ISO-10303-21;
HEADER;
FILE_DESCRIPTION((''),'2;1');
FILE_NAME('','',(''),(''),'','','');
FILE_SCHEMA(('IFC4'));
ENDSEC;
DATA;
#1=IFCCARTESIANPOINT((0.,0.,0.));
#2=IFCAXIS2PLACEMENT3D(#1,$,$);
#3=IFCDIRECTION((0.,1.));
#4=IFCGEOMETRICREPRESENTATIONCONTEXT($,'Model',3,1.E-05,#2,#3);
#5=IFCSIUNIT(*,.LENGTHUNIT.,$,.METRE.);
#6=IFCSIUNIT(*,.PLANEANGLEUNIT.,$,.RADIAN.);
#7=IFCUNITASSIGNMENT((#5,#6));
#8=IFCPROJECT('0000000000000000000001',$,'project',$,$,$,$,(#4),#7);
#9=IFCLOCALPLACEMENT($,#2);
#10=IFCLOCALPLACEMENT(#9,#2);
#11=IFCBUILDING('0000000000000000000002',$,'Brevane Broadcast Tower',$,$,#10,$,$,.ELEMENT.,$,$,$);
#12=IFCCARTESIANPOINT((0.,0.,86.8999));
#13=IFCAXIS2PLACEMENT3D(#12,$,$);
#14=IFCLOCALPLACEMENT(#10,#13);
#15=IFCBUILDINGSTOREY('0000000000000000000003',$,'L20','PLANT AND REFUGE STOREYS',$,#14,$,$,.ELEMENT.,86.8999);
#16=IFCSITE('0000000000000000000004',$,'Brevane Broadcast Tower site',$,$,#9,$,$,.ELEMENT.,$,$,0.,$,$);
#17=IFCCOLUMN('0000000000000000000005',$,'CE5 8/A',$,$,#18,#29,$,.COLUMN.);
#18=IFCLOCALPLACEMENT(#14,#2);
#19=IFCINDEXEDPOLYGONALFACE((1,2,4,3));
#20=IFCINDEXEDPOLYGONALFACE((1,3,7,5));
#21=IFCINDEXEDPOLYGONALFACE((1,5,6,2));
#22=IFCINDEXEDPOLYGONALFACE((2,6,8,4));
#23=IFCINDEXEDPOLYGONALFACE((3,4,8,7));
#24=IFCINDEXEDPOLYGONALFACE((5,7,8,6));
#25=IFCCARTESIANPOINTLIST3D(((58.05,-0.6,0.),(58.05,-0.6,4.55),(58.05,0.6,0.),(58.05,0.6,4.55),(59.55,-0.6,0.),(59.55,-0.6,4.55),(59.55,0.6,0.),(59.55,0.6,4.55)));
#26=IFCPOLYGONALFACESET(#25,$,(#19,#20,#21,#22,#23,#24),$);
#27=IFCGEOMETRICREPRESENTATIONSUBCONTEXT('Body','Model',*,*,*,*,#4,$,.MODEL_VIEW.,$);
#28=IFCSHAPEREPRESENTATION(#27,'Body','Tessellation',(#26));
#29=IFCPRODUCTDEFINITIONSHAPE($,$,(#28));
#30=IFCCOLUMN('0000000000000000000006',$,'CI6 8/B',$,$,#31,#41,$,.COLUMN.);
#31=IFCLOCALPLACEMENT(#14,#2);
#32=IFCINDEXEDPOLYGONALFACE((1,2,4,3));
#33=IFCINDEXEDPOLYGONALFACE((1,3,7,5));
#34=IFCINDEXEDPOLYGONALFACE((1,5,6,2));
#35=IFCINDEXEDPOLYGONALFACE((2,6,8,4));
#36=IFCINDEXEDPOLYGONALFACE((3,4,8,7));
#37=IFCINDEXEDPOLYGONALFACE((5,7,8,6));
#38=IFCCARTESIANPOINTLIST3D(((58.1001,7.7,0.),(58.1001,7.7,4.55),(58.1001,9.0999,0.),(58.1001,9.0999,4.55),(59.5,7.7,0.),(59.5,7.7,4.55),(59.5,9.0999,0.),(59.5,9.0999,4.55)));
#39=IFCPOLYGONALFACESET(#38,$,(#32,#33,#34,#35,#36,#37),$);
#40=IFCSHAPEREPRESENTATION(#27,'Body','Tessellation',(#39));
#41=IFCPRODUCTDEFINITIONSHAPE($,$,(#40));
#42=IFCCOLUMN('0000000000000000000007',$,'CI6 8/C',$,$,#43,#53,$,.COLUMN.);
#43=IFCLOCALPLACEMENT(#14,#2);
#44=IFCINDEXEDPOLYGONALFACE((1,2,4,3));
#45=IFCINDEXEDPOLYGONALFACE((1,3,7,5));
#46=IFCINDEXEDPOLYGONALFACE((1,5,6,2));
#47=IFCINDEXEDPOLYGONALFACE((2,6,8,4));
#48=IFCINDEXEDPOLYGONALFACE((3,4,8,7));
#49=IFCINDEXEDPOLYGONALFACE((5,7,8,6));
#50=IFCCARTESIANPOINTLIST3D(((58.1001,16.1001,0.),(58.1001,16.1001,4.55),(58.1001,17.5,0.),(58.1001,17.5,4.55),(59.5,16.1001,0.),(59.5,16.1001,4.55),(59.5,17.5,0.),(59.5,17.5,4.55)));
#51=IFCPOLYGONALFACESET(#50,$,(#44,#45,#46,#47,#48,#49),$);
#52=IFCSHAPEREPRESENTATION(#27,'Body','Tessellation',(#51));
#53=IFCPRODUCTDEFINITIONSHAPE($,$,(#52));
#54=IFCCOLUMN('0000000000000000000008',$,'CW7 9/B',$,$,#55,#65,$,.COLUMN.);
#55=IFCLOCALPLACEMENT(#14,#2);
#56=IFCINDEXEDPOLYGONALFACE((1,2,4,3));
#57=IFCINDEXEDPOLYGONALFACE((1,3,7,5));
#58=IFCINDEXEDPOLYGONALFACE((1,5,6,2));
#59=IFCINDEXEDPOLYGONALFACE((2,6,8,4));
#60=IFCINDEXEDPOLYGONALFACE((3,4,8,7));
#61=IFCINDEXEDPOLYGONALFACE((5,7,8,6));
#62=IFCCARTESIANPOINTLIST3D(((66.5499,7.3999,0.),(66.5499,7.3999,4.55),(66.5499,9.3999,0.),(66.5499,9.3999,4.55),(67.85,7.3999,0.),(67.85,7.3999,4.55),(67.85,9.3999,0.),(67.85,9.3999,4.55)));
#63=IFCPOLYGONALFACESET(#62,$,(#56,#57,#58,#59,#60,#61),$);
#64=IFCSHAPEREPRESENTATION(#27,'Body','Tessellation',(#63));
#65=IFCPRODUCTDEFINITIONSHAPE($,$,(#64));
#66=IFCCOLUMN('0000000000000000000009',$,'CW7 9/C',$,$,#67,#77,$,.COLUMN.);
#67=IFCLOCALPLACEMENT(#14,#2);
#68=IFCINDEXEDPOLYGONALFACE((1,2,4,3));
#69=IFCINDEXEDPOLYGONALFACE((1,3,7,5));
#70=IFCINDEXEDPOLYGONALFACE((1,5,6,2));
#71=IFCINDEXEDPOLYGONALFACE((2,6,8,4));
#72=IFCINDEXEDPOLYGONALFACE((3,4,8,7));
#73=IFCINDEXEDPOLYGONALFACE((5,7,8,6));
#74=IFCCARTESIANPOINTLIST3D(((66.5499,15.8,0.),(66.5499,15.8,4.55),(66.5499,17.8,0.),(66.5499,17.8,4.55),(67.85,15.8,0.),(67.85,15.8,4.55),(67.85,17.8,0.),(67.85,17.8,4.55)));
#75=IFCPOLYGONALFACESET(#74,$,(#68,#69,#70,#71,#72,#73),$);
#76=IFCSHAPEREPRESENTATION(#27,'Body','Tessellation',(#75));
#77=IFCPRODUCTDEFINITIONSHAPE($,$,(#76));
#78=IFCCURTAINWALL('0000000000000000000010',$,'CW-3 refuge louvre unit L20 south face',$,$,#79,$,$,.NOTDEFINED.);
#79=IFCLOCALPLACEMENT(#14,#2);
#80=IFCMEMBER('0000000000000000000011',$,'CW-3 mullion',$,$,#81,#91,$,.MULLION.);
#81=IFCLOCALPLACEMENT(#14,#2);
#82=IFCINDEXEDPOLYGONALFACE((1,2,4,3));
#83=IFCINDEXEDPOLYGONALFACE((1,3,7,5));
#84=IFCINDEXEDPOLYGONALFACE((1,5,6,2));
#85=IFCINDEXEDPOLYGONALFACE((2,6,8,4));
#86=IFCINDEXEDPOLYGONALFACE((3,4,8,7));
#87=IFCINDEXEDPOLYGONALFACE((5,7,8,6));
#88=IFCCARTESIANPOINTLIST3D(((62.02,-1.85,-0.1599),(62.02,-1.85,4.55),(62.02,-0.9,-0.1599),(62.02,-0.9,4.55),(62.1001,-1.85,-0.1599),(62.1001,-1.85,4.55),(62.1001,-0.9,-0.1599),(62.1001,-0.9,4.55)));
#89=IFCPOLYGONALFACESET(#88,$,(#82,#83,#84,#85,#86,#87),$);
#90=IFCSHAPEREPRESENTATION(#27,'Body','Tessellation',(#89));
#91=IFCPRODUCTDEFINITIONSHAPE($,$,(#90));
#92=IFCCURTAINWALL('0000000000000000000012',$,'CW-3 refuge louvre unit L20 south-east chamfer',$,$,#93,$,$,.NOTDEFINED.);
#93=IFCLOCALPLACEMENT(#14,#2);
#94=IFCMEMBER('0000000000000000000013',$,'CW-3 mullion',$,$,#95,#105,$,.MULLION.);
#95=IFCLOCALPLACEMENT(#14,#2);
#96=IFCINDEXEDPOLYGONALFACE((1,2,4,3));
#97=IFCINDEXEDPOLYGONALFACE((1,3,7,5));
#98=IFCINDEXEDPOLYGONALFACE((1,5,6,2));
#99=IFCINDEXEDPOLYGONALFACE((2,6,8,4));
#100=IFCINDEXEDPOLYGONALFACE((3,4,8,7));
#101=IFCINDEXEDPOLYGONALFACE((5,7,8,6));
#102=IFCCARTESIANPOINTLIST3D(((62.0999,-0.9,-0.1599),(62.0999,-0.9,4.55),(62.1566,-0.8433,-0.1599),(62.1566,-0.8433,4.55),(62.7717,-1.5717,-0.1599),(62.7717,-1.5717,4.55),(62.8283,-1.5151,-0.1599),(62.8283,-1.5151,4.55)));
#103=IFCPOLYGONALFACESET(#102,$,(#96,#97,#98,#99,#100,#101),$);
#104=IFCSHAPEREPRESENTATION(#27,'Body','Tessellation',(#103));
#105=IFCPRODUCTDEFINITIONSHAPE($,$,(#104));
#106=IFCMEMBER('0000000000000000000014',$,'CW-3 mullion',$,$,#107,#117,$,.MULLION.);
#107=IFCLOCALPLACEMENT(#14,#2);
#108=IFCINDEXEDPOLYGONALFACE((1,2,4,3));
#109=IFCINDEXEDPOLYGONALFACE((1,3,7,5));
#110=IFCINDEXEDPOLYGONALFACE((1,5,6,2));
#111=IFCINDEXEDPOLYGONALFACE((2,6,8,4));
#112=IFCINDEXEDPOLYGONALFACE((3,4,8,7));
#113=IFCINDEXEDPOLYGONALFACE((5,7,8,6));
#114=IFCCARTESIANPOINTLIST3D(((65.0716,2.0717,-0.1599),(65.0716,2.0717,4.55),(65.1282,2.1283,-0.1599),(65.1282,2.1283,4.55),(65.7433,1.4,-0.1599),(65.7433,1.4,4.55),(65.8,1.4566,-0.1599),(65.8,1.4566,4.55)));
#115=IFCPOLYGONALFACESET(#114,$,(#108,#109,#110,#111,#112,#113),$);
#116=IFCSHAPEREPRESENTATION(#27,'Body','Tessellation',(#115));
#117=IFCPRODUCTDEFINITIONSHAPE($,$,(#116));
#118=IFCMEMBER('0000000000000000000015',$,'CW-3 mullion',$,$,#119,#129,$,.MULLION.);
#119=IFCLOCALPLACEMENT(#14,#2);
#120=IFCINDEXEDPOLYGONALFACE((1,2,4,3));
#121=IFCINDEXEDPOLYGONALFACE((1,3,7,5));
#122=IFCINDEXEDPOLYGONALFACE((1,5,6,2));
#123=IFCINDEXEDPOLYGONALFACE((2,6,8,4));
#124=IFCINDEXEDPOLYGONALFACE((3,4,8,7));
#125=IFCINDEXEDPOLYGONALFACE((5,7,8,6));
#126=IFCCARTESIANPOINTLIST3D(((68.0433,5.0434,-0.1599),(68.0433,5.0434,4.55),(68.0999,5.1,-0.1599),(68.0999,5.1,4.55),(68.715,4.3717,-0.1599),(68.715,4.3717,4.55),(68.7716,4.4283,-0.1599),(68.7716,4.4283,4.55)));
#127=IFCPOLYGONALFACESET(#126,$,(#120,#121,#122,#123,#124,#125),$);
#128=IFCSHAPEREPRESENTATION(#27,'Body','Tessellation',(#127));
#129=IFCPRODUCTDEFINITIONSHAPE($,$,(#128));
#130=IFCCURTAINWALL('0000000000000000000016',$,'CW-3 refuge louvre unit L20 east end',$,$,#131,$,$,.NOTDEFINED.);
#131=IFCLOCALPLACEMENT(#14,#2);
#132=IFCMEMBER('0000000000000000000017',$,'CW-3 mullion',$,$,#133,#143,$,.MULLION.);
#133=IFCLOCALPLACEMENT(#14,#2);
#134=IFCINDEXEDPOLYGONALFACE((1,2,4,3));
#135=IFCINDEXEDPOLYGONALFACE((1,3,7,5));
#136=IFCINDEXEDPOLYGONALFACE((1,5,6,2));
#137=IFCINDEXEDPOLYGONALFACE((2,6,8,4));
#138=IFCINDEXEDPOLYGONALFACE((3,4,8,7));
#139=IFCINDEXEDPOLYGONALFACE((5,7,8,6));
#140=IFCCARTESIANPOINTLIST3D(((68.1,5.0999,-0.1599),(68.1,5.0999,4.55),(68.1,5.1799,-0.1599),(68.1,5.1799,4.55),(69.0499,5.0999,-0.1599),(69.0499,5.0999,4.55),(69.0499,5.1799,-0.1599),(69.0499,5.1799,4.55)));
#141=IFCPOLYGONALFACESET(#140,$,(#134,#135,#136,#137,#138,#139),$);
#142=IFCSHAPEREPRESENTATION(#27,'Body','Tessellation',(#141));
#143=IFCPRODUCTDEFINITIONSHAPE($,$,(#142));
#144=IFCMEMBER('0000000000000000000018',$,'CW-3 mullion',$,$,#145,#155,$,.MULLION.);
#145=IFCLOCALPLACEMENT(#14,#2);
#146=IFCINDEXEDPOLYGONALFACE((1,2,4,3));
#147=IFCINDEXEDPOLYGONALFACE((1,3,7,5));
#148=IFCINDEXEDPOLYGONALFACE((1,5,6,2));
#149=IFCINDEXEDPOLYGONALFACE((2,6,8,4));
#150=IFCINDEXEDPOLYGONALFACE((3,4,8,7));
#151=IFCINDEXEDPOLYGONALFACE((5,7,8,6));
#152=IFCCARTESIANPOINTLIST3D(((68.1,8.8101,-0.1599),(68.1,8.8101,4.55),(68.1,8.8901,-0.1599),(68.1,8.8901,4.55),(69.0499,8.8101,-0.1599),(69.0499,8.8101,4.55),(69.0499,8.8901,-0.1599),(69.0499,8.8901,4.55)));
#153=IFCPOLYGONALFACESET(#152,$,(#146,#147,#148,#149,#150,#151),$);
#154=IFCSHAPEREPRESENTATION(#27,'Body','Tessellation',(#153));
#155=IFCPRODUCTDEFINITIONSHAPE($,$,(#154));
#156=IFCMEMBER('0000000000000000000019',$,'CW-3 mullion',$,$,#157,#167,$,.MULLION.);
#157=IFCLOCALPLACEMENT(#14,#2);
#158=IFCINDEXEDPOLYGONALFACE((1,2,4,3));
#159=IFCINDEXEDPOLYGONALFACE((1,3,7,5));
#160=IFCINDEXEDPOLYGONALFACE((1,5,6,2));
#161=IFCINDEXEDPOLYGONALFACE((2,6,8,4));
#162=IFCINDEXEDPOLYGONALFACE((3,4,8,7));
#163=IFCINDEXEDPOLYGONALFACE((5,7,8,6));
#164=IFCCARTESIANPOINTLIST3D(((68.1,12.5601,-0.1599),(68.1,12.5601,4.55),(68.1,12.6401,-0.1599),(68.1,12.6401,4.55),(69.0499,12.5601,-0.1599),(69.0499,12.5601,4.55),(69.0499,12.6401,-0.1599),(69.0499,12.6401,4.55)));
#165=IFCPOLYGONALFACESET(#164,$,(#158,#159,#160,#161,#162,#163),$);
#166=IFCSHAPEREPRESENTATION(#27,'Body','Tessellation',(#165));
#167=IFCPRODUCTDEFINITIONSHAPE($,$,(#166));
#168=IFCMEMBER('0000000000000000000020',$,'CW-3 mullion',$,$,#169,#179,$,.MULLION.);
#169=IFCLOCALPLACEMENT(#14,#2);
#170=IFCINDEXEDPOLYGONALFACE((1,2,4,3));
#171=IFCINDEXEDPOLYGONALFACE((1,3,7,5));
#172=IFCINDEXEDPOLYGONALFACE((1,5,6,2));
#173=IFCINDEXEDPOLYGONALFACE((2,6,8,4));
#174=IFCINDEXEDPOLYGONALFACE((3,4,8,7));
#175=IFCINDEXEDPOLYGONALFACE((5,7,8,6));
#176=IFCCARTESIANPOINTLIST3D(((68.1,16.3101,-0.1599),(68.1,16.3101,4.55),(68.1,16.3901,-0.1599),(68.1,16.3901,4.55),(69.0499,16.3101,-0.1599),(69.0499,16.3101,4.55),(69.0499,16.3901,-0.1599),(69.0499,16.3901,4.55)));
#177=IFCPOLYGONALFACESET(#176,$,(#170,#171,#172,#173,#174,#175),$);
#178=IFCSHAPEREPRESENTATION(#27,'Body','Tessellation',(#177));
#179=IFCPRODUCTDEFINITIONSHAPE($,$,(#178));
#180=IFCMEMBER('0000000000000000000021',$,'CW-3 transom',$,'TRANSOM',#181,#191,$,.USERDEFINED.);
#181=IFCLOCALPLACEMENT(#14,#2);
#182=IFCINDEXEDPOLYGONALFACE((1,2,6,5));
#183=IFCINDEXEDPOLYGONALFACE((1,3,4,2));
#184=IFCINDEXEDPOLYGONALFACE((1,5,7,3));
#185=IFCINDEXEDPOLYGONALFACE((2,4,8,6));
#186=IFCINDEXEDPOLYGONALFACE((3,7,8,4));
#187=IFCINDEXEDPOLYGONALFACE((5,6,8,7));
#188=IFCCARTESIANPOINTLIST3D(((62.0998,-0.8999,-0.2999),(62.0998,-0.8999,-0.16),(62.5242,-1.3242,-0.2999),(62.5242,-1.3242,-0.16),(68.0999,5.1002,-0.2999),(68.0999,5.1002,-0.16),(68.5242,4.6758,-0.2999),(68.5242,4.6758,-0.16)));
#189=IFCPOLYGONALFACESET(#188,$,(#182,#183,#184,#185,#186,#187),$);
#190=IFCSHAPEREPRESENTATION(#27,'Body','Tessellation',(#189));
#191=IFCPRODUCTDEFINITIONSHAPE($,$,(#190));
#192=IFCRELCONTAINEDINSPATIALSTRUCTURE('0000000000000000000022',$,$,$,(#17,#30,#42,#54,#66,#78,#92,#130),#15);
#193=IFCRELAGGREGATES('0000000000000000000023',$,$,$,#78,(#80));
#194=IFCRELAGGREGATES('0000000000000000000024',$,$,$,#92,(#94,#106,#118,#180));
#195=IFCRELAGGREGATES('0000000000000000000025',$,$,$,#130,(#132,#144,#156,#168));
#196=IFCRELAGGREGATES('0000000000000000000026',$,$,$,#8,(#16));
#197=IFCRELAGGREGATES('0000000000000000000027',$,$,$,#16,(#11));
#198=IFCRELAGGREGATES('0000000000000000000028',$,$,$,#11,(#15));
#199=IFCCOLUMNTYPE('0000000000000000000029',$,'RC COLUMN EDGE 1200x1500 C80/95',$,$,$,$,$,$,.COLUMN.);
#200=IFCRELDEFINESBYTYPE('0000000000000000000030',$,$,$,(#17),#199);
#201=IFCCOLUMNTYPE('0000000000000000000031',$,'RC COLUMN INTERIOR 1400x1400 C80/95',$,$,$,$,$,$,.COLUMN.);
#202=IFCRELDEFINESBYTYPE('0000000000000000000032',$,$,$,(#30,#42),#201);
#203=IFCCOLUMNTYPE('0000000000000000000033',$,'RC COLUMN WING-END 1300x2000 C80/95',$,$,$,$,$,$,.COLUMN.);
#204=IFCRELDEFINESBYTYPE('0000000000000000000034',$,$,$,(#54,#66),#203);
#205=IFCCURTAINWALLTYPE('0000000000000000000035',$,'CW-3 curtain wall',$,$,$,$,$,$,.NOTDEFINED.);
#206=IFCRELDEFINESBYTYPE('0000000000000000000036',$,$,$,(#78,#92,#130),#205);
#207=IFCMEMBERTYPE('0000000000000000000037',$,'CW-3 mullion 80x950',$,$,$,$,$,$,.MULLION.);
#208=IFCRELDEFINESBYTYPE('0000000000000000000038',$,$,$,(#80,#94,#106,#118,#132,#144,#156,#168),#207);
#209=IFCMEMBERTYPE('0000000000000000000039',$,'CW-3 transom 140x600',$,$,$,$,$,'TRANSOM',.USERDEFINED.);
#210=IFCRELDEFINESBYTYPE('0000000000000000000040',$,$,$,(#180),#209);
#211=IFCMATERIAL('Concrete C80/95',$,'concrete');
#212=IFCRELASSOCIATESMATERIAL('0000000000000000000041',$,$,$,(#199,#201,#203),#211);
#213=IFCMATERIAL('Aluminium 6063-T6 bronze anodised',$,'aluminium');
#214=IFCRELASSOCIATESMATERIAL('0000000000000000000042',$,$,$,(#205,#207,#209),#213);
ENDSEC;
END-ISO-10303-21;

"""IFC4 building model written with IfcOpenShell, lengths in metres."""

from ifc_helpers import new_model, si_unit, direction, frame, origin, origin_2d, place, context, subcontext, project, spatial, rectangle, extrude, material, material_profile, profile_set, type_object, element, aggregate, save


model = new_model("IFC4")

# Units and contexts
model_context = context("Model", 3, precision=1e-05, world=origin(), true_north=direction((0.0, 1.0)))
body_context = subcontext(model_context, "Body", "Model", "MODEL_VIEW")
ifc_project = project(units=[si_unit("LENGTHUNIT", "METRE"), si_unit("PLANEANGLEUNIT", "RADIAN")], contexts=[model_context])

# Site, building, storey
site_placement = place(None, origin())
site = spatial("IfcSite", under=ifc_project, at=site_placement, Name="Brevane Broadcast Tower site", CompositionType="ELEMENT", RefElevation=0.0)
building_placement = place(site_placement, origin())
building = spatial("IfcBuilding", under=site, at=building_placement, Name="Brevane Broadcast Tower", CompositionType="ELEMENT")
storey_placement = place(building_placement, frame((0.0, 0.0, 86.8999)))
storey = spatial("IfcBuildingStorey", under=building, at=storey_placement, Name="L20", Description="PLANT AND REFUGE STOREYS", CompositionType="ELEMENT", Elevation=86.8999)

# Columns
ifc_material_1 = material(Name="Concrete C80/95", Category="concrete")
ifc_material_profile_1 = material_profile(ifc_material_1, rectangle(XDim=1.2, YDim=1.5, at=origin_2d()), Name="RC 1200x1500")
ifc_profile_set_1 = profile_set([ifc_material_profile_1], Name="Concrete C80/95")
column_type_1 = type_object("IfcColumnType", Name="RC COLUMN EDGE 1200x1500 C80/95", PredefinedType="COLUMN", material=ifc_profile_set_1)
column_placement = place(storey_placement, frame((58.8, 0.0, 0.0), z_axis=(0.0, 0.0, 1.0), x_axis=(0.0, 1.0, 0.0)))
element("IfcColumn", 1, at=column_placement, inside=storey, type_object=column_type_1, Name="CE5 8/A", PredefinedType="COLUMN", context=body_context, shape_type="SweptSolid", body=[
    extrude(rectangle(XDim=1.2, YDim=1.5, at=origin_2d()), origin(), (0.0, 0.0, 1.0), 4.55),
])
ifc_material_profile_2 = material_profile(ifc_material_1, rectangle(XDim=1.3999, YDim=1.3999, at=origin_2d()), Name="RC 1400x1400")
ifc_profile_set_2 = profile_set([ifc_material_profile_2], Name="Concrete C80/95")
column_type_2 = type_object("IfcColumnType", Name="RC COLUMN INTERIOR 1400x1400 C80/95", PredefinedType="COLUMN", material=ifc_profile_set_2)
for number, where, z_axis, x_axis, name in (
    (2, (58.8, 8.3999, 0.0), (0.0, 0.0, 1.0), (1.0, 0.0, 0.0), "CI6 8/B"),
    (3, (58.8, 16.8, 0.0), (0.0, 0.0, 1.0), (1.0, 0.0, 0.0), "CI6 8/C"),
):
    element("IfcColumn", number, at=place(storey_placement, frame(where, z_axis=z_axis, x_axis=x_axis)), inside=storey, type_object=column_type_2, Name=name, PredefinedType="COLUMN", context=body_context, shape_type="SweptSolid", body=[
        extrude(rectangle(XDim=1.3999, YDim=1.3999, at=origin_2d()), origin(), (0.0, 0.0, 1.0), 4.55),
    ])
ifc_material_profile_3 = material_profile(ifc_material_1, rectangle(XDim=1.3, YDim=2.0, at=origin_2d()), Name="RC 1300x2000")
ifc_profile_set_3 = profile_set([ifc_material_profile_3], Name="Concrete C80/95")
column_type_3 = type_object("IfcColumnType", Name="RC COLUMN WING-END 1300x2000 C80/95", PredefinedType="COLUMN", material=ifc_profile_set_3)
for number, where, z_axis, x_axis, name in (
    (4, (67.2, 8.3999, 0.0), (0.0, 0.0, 1.0), (1.0, 0.0, 0.0), "CW7 9/B"),
    (5, (67.2, 16.8, 0.0), (0.0, 0.0, 1.0), (1.0, 0.0, 0.0), "CW7 9/C"),
):
    element("IfcColumn", number, at=place(storey_placement, frame(where, z_axis=z_axis, x_axis=x_axis)), inside=storey, type_object=column_type_3, Name=name, PredefinedType="COLUMN", context=body_context, shape_type="SweptSolid", body=[
        extrude(rectangle(XDim=1.3, YDim=2.0, at=origin_2d()), origin(), (0.0, 0.0, 1.0), 4.55),
    ])

# Curtain wall, member
ifc_material_2 = material(Name="Aluminium 6063-T6 bronze anodised", Category="aluminium")
curtain_wall_type = type_object("IfcCurtainWallType", Name="CW-3 curtain wall", PredefinedType="NOTDEFINED", material=ifc_material_2)
curtain_wall_1_placement = place(storey_placement, origin())
curtain_wall_1 = element("IfcCurtainWall", 6, at=curtain_wall_1_placement, inside=storey, type_object=curtain_wall_type, Name="CW-3 refuge louvre unit L20 south face", PredefinedType="NOTDEFINED")
ifc_material_profile_4 = material_profile(ifc_material_2, rectangle(XDim=0.95, YDim=0.0801, at=origin_2d()), Name="RECT 80x950")
ifc_profile_set_4 = profile_set([ifc_material_profile_4], Name="Aluminium 6063-T6 bronze anodised")
member_type_1 = type_object("IfcMemberType", Name="CW-3 mullion 80x950", PredefinedType="MULLION", material=ifc_profile_set_4)
member_1_placement = place(storey_placement, frame((62.0601, -1.375, -0.1599), z_axis=(0.0, 0.0, 1.0), x_axis=(0.0, 1.0, 0.0)))
member_1 = element("IfcMember", 7, at=member_1_placement, type_object=member_type_1, Name="CW-3 mullion", PredefinedType="MULLION", context=body_context, shape_type="SweptSolid", body=[
    extrude(rectangle(XDim=0.95, YDim=0.0801, at=origin_2d()), origin(), (0.0, 0.0, 1.0), 4.71),
])
aggregate(curtain_wall_1, [member_1])

# Curtain walls, members
curtain_wall_2_placement = place(storey_placement, origin())
curtain_wall_2 = element("IfcCurtainWall", 8, at=curtain_wall_2_placement, inside=storey, type_object=curtain_wall_type, Name="CW-3 refuge louvre unit L20 south-east chamfer", PredefinedType="NOTDEFINED")
member_2_placement = place(storey_placement, frame((62.4641, -1.2075, -0.1599), z_axis=(0.0, 0.0, 1.0), x_axis=(-0.707107, 0.707107, 0.0)))
member_2 = element("IfcMember", 9, at=member_2_placement, type_object=member_type_1, Name="CW-3 mullion", PredefinedType="MULLION", context=body_context, shape_type="SweptSolid", body=[
    extrude(rectangle(XDim=0.95, YDim=0.0801, at=origin_2d()), origin(), (0.0, 0.0, 1.0), 4.71),
])
member_3_placement = place(storey_placement, frame((65.4358, 1.7642, -0.1599), z_axis=(0.0, 0.0, 1.0), x_axis=(-0.707107, 0.707107, 0.0)))
member_3 = element("IfcMember", 10, at=member_3_placement, type_object=member_type_1, Name="CW-3 mullion", PredefinedType="MULLION", context=body_context, shape_type="SweptSolid", body=[
    extrude(rectangle(XDim=0.95, YDim=0.0801, at=origin_2d()), origin(), (0.0, 0.0, 1.0), 4.71),
])
member_4_placement = place(storey_placement, frame((68.4075, 4.7358, -0.1599), z_axis=(0.0, 0.0, 1.0), x_axis=(-0.707107, 0.707107, 0.0)))
member_4 = element("IfcMember", 11, at=member_4_placement, type_object=member_type_1, Name="CW-3 mullion", PredefinedType="MULLION", context=body_context, shape_type="SweptSolid", body=[
    extrude(rectangle(XDim=0.95, YDim=0.0801, at=origin_2d()), origin(), (0.0, 0.0, 1.0), 4.71),
])
curtain_wall_3_placement = place(storey_placement, origin())
curtain_wall_3 = element("IfcCurtainWall", 12, at=curtain_wall_3_placement, inside=storey, type_object=curtain_wall_type, Name="CW-3 refuge louvre unit L20 east end", PredefinedType="NOTDEFINED")
member_5_placement = place(storey_placement, frame((68.575, 5.1399, -0.1599), z_axis=(0.0, 0.0, 1.0), x_axis=(-1.0, 0.0, 0.0)))
member_5 = element("IfcMember", 13, at=member_5_placement, type_object=member_type_1, Name="CW-3 mullion", PredefinedType="MULLION", context=body_context, shape_type="SweptSolid", body=[
    extrude(rectangle(XDim=0.95, YDim=0.0801, at=origin_2d()), origin(), (0.0, 0.0, 1.0), 4.71),
])
member_6_placement = place(storey_placement, frame((68.575, 8.8501, -0.1599), z_axis=(0.0, 0.0, 1.0), x_axis=(-1.0, 0.0, 0.0)))
member_6 = element("IfcMember", 14, at=member_6_placement, type_object=member_type_1, Name="CW-3 mullion", PredefinedType="MULLION", context=body_context, shape_type="SweptSolid", body=[
    extrude(rectangle(XDim=0.95, YDim=0.0801, at=origin_2d()), origin(), (0.0, 0.0, 1.0), 4.71),
])
member_7_placement = place(storey_placement, frame((68.575, 12.6001, -0.1599), z_axis=(0.0, 0.0, 1.0), x_axis=(-1.0, 0.0, 0.0)))
member_7 = element("IfcMember", 15, at=member_7_placement, type_object=member_type_1, Name="CW-3 mullion", PredefinedType="MULLION", context=body_context, shape_type="SweptSolid", body=[
    extrude(rectangle(XDim=0.95, YDim=0.0801, at=origin_2d()), origin(), (0.0, 0.0, 1.0), 4.71),
])
member_8_placement = place(storey_placement, frame((68.575, 16.3501, -0.1599), z_axis=(0.0, 0.0, 1.0), x_axis=(-1.0, 0.0, 0.0)))
member_8 = element("IfcMember", 16, at=member_8_placement, type_object=member_type_1, Name="CW-3 mullion", PredefinedType="MULLION", context=body_context, shape_type="SweptSolid", body=[
    extrude(rectangle(XDim=0.95, YDim=0.0801, at=origin_2d()), origin(), (0.0, 0.0, 1.0), 4.71),
])

# Member
ifc_material_profile_5 = material_profile(ifc_material_2, rectangle(XDim=0.6001, YDim=0.1399, at=origin_2d()), Name="RECT 140x600")
ifc_profile_set_5 = profile_set([ifc_material_profile_5], Name="Aluminium 6063-T6 bronze anodised")
member_type_2 = type_object("IfcMemberType", Name="CW-3 transom 140x600", ElementType="TRANSOM", PredefinedType="USERDEFINED", material=ifc_profile_set_5)
member_9_placement = place(storey_placement, frame((62.312, -1.1121, -0.23), z_axis=(0.707107, 0.707107, 0.0), x_axis=(-0.707107, 0.707107, 0.0)))
member_9 = element("IfcMember", 17, at=member_9_placement, type_object=member_type_2, Name="CW-3 transom", ObjectType="TRANSOM", PredefinedType="USERDEFINED", context=body_context, shape_type="SweptSolid", body=[
    extrude(rectangle(XDim=0.6001, YDim=0.1399, at=origin_2d()), origin(), (0.0, 0.0, 1.0), 8.4854),
])
aggregate(curtain_wall_2, [member_2, member_3, member_4, member_9])
aggregate(curtain_wall_3, [member_5, member_6, member_7, member_8])

save(model, "model.ifc")
